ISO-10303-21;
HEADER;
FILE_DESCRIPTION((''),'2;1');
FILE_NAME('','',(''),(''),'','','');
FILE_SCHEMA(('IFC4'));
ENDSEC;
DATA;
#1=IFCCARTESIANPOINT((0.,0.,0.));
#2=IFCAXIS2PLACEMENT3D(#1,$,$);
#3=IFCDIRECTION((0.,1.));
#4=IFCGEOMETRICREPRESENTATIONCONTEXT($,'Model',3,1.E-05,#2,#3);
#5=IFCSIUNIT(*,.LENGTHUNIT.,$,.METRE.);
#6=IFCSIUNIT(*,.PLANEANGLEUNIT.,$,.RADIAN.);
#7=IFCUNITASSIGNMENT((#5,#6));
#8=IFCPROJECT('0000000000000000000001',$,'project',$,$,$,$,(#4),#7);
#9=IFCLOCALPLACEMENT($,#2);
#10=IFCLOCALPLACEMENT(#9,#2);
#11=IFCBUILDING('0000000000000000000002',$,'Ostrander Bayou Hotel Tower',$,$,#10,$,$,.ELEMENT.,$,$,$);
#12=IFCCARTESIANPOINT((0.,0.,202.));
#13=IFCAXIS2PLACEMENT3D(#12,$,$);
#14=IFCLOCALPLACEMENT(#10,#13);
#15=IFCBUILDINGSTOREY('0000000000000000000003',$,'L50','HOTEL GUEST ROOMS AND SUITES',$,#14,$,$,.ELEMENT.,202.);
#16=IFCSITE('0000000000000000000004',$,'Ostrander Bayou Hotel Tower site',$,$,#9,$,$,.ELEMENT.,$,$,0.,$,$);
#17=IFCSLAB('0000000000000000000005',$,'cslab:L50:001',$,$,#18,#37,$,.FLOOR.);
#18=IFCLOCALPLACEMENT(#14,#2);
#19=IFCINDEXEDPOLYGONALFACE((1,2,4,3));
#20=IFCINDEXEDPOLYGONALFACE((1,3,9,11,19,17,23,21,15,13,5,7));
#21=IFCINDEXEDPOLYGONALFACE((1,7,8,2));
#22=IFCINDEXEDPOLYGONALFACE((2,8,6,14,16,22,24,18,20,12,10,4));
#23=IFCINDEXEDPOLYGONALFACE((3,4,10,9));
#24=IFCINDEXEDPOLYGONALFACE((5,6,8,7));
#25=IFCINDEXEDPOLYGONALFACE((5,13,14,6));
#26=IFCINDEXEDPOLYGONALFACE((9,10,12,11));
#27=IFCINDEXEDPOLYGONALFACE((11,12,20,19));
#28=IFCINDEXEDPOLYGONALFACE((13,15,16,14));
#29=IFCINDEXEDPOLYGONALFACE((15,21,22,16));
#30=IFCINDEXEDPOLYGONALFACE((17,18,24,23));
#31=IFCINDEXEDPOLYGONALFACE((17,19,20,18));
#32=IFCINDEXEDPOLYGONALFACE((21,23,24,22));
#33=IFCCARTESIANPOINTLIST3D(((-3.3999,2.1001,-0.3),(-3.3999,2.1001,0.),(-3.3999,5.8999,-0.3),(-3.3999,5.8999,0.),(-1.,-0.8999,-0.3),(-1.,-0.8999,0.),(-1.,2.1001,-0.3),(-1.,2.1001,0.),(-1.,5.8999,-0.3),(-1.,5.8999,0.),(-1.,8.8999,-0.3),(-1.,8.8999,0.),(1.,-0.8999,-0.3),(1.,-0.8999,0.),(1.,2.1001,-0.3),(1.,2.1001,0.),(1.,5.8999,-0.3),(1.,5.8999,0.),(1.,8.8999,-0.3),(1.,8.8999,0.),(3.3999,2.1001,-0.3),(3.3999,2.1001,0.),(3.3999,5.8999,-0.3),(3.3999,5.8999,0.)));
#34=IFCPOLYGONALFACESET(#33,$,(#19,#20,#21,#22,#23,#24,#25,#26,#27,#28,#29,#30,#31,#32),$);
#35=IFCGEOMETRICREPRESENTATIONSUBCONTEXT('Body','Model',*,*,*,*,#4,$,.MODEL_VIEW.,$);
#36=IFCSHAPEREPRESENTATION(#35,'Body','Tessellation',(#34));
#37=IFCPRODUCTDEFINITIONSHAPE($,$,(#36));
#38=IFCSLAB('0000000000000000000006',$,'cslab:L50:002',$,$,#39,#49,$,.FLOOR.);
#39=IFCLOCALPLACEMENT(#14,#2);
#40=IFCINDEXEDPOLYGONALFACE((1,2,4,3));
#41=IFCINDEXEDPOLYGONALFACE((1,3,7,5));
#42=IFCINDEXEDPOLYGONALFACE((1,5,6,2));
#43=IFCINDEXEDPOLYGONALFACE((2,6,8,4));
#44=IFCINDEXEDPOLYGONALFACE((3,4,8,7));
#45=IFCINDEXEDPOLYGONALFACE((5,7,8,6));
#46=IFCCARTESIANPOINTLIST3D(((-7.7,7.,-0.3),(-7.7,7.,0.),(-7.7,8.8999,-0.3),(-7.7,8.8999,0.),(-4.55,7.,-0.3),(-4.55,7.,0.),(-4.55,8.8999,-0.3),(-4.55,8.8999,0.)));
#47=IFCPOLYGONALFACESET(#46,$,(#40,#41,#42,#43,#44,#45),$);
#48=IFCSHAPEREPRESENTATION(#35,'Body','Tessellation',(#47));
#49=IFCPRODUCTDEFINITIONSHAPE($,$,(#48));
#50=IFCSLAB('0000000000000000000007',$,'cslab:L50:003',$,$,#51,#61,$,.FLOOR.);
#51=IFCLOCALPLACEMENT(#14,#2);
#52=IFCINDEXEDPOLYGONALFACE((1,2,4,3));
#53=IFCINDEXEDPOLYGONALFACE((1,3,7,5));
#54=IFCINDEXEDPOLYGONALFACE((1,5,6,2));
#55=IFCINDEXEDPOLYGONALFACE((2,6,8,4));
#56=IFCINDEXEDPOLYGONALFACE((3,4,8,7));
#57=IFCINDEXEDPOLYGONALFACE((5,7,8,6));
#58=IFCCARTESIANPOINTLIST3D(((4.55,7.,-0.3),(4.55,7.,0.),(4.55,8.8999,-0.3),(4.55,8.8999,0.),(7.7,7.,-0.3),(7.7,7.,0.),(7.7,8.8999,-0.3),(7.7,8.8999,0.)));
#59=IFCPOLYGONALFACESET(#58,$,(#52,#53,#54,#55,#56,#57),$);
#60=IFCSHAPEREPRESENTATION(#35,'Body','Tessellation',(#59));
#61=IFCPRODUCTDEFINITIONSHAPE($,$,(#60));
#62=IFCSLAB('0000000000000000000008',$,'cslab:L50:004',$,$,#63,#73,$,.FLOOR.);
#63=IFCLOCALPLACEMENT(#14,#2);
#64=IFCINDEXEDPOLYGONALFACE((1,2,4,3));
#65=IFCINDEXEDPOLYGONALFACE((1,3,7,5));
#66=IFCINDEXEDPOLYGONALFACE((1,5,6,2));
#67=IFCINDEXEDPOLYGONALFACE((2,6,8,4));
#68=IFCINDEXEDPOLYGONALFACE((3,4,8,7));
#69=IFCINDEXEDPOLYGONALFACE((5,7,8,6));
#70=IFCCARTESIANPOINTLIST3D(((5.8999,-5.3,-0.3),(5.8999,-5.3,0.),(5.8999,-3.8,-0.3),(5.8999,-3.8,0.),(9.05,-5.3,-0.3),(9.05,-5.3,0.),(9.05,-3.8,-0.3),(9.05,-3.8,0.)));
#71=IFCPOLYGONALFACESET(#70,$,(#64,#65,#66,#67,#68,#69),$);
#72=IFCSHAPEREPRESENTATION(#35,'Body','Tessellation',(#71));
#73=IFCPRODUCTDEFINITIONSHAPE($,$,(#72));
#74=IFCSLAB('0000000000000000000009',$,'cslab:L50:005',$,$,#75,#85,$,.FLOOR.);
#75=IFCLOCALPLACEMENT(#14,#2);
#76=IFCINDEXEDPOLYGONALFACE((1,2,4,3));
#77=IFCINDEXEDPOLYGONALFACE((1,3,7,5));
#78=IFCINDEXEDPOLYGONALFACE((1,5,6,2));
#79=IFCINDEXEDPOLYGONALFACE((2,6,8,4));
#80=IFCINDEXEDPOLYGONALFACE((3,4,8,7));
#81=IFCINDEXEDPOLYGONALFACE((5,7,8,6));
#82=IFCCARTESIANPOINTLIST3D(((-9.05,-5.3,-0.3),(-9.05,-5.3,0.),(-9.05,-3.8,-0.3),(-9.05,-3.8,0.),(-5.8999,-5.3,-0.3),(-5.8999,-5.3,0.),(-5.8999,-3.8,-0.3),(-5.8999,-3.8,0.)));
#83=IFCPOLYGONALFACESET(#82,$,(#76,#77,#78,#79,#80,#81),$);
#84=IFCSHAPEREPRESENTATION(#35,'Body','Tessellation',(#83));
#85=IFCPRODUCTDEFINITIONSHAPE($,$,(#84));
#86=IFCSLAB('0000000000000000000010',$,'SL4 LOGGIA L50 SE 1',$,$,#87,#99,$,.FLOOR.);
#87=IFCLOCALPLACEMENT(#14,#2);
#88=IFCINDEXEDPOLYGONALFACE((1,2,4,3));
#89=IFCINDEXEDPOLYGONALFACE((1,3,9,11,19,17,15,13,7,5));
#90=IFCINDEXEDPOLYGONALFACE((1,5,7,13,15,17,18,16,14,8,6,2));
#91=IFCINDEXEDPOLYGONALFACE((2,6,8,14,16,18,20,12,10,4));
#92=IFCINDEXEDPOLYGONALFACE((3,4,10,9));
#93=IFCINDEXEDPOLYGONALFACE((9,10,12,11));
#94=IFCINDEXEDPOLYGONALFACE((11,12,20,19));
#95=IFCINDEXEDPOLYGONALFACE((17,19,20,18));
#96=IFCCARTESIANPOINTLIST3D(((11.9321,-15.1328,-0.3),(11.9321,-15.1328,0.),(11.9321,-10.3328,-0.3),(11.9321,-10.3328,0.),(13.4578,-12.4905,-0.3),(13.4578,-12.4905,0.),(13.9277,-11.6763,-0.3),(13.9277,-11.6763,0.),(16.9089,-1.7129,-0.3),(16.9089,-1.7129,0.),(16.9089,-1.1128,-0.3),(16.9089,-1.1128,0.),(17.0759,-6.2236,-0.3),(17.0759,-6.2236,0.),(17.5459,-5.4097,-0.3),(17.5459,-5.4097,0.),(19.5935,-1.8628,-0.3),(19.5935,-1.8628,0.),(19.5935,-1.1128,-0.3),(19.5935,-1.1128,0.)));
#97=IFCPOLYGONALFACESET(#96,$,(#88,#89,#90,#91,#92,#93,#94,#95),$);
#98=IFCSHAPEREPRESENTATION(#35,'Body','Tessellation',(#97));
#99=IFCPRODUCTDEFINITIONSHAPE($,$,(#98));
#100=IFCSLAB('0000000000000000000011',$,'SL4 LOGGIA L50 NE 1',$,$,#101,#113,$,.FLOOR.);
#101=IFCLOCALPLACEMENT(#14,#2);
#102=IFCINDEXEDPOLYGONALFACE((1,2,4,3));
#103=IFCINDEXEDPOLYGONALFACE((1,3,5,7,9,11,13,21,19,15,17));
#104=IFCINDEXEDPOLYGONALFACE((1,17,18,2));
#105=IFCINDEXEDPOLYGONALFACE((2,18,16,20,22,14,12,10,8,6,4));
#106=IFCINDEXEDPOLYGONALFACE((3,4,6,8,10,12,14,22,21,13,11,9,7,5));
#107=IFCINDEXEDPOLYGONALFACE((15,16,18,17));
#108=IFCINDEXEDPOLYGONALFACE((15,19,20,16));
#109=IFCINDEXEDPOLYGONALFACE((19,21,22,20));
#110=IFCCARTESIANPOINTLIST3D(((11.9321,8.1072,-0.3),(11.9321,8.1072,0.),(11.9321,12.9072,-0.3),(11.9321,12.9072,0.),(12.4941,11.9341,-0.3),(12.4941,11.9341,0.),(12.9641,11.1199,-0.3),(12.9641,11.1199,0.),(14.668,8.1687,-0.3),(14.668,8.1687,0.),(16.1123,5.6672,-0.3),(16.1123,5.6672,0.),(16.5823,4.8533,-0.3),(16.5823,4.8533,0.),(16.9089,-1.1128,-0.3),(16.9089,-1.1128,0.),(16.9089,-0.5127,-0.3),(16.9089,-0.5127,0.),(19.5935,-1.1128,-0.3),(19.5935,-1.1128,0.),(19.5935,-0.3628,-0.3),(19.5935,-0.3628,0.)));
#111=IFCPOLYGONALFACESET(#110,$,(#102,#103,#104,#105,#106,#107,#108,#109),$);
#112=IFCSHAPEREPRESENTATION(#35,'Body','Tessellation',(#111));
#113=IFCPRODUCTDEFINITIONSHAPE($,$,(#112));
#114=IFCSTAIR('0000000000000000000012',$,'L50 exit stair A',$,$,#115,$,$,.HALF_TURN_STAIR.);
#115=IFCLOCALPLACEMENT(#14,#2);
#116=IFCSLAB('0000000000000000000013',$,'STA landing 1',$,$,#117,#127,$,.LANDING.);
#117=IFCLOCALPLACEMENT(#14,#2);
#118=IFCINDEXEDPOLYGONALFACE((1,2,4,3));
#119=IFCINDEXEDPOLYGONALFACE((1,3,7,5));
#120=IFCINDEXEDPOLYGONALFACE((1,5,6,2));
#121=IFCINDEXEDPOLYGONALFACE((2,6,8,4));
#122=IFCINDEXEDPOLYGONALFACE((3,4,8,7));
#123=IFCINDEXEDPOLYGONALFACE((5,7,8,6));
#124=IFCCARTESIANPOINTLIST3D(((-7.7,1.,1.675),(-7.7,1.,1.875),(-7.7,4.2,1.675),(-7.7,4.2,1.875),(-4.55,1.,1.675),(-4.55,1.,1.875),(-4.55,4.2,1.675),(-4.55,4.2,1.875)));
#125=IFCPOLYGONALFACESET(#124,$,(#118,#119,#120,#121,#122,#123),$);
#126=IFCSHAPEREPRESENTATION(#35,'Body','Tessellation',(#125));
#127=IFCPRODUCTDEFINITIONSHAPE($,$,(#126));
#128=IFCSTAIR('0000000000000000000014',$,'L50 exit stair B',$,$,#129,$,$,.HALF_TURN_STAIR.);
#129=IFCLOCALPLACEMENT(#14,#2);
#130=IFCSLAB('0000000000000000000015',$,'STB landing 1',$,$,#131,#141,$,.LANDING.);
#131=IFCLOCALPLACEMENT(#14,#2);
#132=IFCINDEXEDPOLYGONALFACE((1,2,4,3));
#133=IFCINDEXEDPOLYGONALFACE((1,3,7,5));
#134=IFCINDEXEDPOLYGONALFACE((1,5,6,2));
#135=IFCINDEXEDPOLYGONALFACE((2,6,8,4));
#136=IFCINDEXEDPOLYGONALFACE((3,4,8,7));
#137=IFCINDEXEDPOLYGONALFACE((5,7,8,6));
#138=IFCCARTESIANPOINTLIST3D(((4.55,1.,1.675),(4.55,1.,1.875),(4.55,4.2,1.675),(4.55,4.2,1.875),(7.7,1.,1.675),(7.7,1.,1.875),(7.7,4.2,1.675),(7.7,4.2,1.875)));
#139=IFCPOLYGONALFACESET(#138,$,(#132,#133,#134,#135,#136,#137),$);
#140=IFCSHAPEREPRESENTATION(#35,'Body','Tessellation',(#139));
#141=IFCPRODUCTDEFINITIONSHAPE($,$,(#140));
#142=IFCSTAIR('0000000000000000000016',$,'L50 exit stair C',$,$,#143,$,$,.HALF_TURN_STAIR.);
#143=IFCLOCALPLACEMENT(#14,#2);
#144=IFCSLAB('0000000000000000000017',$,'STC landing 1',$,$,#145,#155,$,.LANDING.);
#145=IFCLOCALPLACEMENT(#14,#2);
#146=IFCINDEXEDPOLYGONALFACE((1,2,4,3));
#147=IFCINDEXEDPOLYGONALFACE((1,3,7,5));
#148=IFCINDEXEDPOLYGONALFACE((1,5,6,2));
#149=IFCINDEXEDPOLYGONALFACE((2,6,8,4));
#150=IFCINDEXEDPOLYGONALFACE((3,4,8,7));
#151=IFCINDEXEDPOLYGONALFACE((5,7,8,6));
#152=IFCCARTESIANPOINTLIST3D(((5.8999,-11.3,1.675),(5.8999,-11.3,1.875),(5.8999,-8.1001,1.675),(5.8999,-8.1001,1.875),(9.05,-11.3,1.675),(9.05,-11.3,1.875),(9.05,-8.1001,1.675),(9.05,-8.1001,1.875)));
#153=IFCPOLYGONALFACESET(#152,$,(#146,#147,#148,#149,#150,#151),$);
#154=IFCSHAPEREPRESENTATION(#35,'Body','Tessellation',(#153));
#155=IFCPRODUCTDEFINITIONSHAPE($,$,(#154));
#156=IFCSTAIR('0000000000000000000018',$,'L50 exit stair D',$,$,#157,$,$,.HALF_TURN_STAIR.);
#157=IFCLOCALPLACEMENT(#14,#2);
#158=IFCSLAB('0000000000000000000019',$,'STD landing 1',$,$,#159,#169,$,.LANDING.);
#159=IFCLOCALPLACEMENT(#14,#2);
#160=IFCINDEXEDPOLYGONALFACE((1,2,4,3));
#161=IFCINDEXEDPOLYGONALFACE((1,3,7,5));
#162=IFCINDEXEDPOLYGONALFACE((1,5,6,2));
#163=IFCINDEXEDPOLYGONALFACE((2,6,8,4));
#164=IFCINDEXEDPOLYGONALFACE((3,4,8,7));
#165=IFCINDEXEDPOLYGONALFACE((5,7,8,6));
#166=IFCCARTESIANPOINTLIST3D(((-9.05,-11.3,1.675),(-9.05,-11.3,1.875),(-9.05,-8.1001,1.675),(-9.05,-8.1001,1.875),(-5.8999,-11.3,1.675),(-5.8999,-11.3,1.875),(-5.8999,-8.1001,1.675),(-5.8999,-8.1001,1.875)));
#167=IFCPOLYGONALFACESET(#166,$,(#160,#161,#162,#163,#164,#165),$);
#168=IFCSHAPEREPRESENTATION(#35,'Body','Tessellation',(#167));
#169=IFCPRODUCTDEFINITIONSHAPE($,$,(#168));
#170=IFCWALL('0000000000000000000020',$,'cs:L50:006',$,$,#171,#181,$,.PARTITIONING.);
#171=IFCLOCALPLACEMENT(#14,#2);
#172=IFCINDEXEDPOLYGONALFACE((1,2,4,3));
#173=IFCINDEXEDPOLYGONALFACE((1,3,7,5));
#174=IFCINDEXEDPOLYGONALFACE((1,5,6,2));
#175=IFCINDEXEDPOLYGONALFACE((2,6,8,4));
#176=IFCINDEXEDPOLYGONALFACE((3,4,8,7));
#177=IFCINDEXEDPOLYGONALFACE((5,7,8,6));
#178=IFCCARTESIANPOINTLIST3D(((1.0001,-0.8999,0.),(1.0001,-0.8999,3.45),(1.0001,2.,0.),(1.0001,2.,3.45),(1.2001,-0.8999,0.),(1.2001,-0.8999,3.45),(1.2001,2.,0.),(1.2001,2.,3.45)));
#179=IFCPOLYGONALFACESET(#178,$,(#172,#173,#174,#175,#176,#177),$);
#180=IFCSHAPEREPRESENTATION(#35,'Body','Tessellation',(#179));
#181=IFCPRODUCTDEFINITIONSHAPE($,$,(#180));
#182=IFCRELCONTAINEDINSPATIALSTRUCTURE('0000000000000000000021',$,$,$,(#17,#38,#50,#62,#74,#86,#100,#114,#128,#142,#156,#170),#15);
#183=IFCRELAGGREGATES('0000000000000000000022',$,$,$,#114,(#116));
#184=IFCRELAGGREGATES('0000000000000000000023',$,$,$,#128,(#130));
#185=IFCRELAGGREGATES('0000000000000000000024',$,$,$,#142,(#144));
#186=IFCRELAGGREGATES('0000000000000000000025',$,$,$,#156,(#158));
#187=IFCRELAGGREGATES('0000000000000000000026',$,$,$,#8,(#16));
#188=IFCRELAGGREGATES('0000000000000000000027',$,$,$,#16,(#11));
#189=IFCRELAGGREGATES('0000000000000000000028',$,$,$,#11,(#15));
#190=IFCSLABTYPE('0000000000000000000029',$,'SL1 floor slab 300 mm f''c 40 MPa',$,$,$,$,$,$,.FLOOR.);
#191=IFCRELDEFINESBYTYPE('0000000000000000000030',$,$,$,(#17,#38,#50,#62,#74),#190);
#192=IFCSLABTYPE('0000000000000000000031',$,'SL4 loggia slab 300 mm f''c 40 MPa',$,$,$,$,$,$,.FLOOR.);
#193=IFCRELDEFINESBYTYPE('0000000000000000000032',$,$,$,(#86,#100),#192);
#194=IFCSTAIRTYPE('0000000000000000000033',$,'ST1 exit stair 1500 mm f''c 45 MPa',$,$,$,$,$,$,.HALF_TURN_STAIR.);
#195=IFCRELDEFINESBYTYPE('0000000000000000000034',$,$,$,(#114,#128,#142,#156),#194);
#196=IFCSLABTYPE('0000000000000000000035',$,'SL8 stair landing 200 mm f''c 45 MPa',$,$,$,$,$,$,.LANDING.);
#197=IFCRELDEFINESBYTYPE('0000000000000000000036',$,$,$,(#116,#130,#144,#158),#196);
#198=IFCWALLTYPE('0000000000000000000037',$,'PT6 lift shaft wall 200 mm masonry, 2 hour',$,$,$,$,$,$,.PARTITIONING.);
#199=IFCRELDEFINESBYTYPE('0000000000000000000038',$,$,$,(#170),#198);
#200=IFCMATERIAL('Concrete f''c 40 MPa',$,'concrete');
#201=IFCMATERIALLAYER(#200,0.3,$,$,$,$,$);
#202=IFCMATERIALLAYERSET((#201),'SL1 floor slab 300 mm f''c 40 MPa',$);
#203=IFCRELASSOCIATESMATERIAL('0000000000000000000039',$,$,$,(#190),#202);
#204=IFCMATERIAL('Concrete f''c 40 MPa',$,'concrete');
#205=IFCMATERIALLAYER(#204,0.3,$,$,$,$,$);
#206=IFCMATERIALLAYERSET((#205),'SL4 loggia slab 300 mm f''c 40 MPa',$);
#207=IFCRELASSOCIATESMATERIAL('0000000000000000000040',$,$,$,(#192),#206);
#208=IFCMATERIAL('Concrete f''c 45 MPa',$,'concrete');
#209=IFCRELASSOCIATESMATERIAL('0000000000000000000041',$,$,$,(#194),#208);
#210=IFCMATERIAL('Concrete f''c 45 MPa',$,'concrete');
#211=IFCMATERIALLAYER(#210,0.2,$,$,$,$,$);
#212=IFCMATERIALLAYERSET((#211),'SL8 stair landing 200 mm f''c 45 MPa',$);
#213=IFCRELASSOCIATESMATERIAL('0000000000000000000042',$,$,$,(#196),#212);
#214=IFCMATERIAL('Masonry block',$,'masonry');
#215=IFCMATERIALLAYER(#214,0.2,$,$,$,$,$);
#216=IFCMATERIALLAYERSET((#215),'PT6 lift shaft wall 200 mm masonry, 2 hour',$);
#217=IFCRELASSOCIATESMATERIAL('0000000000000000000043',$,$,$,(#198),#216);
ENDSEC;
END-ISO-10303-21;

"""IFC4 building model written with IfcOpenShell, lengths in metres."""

from ifc_helpers import new_model, si_unit, direction, frame, frame_2d, origin, place, context, subcontext, project, spatial, polyline, rectangle, outline, extrude, material, layer, layer_set, type_object, element, aggregate, save


model = new_model("IFC4")

# Units and contexts
model_context = context("Model", 3, precision=1e-05, world=origin(), true_north=direction((0.0, 1.0)))
body_context = subcontext(model_context, "Body", "Model", "MODEL_VIEW")
ifc_project = project(units=[si_unit("LENGTHUNIT", "METRE"), si_unit("PLANEANGLEUNIT", "RADIAN")], contexts=[model_context])

# Site, building, storey
site_placement = place(None, origin())
site = spatial("IfcSite", under=ifc_project, at=site_placement, Name="Ostrander Bayou Hotel Tower site", CompositionType="ELEMENT", RefElevation=0.0)
building_placement = place(site_placement, origin())
building = spatial("IfcBuilding", under=site, at=building_placement, Name="Ostrander Bayou Hotel Tower", CompositionType="ELEMENT")
storey_placement = place(building_placement, frame((0.0, 0.0, 202.0)))
storey = spatial("IfcBuildingStorey", under=building, at=storey_placement, Name="L50", Description="HOTEL GUEST ROOMS AND SUITES", CompositionType="ELEMENT", Elevation=202.0)

# Slabs
ifc_material_1 = material(Name="Concrete f'c 40 MPa", Category="concrete")
ifc_layer_1 = layer(ifc_material_1, 0.3)
ifc_layer_set_1 = layer_set([ifc_layer_1], Name="SL1 floor slab 300 mm f'c 40 MPa")
slab_type_1 = type_object("IfcSlabType", Name="SL1 floor slab 300 mm f'c 40 MPa", PredefinedType="FLOOR", material=ifc_layer_set_1)
slab_1_placement = place(storey_placement, frame((0.0, 0.0, -0.3)))
element("IfcSlab", 1, at=slab_1_placement, inside=storey, type_object=slab_type_1, Name="cslab:L50:001", PredefinedType="FLOOR", context=body_context, shape_type="SweptSolid", body=[
    extrude(outline(polyline([(-3.3999, 5.8999), (-1.0, 5.8999), (-1.0, 8.8999), (1.0, 8.8999), (1.0, 5.8999), (3.3999, 5.8999), (3.3999, 2.1001), (1.0, 2.1001), (1.0, -0.8999), (-1.0, -0.8999), (-1.0, 2.1001), (-3.3999, 2.1001), (-3.3999, 5.8999)])), origin(), (0.0, 0.0, 1.0), 0.3),
])
slab_2_placement = place(storey_placement, frame((0.0, 0.0, -0.3)))
element("IfcSlab", 2, at=slab_2_placement, inside=storey, type_object=slab_type_1, Name="cslab:L50:002", PredefinedType="FLOOR", context=body_context, shape_type="SweptSolid", body=[
    extrude(outline(polyline([(-4.55, 7.0), (-4.55, 8.8999), (-7.7, 8.8999), (-7.7, 7.0), (-4.55, 7.0)])), origin(), (0.0, 0.0, 1.0), 0.3),
])
slab_3_placement = place(storey_placement, frame((0.0, 0.0, -0.3)))
element("IfcSlab", 3, at=slab_3_placement, inside=storey, type_object=slab_type_1, Name="cslab:L50:003", PredefinedType="FLOOR", context=body_context, shape_type="SweptSolid", body=[
    extrude(outline(polyline([(7.7, 7.0), (7.7, 8.8999), (4.55, 8.8999), (4.55, 7.0), (7.7, 7.0)])), origin(), (0.0, 0.0, 1.0), 0.3),
])
slab_4_placement = place(storey_placement, frame((0.0, 0.0, -0.3)))
element("IfcSlab", 4, at=slab_4_placement, inside=storey, type_object=slab_type_1, Name="cslab:L50:004", PredefinedType="FLOOR", context=body_context, shape_type="SweptSolid", body=[
    extrude(outline(polyline([(9.05, -5.3), (9.05, -3.8), (5.8999, -3.8), (5.8999, -5.3), (9.05, -5.3)])), origin(), (0.0, 0.0, 1.0), 0.3),
])
slab_5_placement = place(storey_placement, frame((0.0, 0.0, -0.3)))
element("IfcSlab", 5, at=slab_5_placement, inside=storey, type_object=slab_type_1, Name="cslab:L50:005", PredefinedType="FLOOR", context=body_context, shape_type="SweptSolid", body=[
    extrude(outline(polyline([(-5.8999, -5.3), (-5.8999, -3.8), (-9.05, -3.8), (-9.05, -5.3), (-5.8999, -5.3)])), origin(), (0.0, 0.0, 1.0), 0.3),
])
ifc_material_2 = material(Name="Concrete f'c 40 MPa", Category="concrete")
ifc_layer_2 = layer(ifc_material_2, 0.3)
ifc_layer_set_2 = layer_set([ifc_layer_2], Name="SL4 loggia slab 300 mm f'c 40 MPa")
slab_type_2 = type_object("IfcSlabType", Name="SL4 loggia slab 300 mm f'c 40 MPa", PredefinedType="FLOOR", material=ifc_layer_set_2)
slab_6_placement = place(storey_placement, frame((0.0, 0.0, -0.3)))
element("IfcSlab", 6, at=slab_6_placement, inside=storey, type_object=slab_type_2, Name="SL4 LOGGIA L50 SE 1", PredefinedType="FLOOR", context=body_context, shape_type="SweptSolid", body=[
    extrude(outline(polyline([(13.4578, -12.4905), (11.9321, -15.1328), (11.9321, -10.3328), (16.9089, -1.7129), (16.9089, -1.1128), (19.5935, -1.1128), (19.5935, -1.8628), (17.5459, -5.4097), (17.0759, -6.2236), (13.9277, -11.6763), (13.4578, -12.4905)])), origin(), (0.0, 0.0, 1.0), 0.3),
])
slab_7_placement = place(storey_placement, frame((0.0, 0.0, -0.3)))
element("IfcSlab", 7, at=slab_7_placement, inside=storey, type_object=slab_type_2, Name="SL4 LOGGIA L50 NE 1", PredefinedType="FLOOR", context=body_context, shape_type="SweptSolid", body=[
    extrude(outline(polyline([(11.9321, 12.9072), (12.4941, 11.9341), (12.9641, 11.1199), (14.668, 8.1687), (16.1123, 5.6672), (16.5823, 4.8533), (19.5935, -0.3628), (19.5935, -1.1128), (16.9089, -1.1128), (16.9089, -0.5127), (11.9321, 8.1072), (11.9321, 12.9072)])), origin(), (0.0, 0.0, 1.0), 0.3),
])

# Stairs, slabs
ifc_material_3 = material(Name="Concrete f'c 45 MPa", Category="concrete")
stair_type = type_object("IfcStairType", Name="ST1 exit stair 1500 mm f'c 45 MPa", PredefinedType="HALF_TURN_STAIR", material=ifc_material_3)
stair_1_placement = place(storey_placement, origin())
stair_1 = element("IfcStair", 8, at=stair_1_placement, inside=storey, type_object=stair_type, Name="L50 exit stair A", PredefinedType="HALF_TURN_STAIR")
ifc_material_4 = material(Name="Concrete f'c 45 MPa", Category="concrete")
ifc_layer_3 = layer(ifc_material_4, 0.2)
ifc_layer_set_3 = layer_set([ifc_layer_3], Name="SL8 stair landing 200 mm f'c 45 MPa")
slab_type_3 = type_object("IfcSlabType", Name="SL8 stair landing 200 mm f'c 45 MPa", PredefinedType="LANDING", material=ifc_layer_set_3)
slab_8_placement = place(storey_placement, frame((0.0, 0.0, 1.675)))
slab_8 = element("IfcSlab", 9, at=slab_8_placement, type_object=slab_type_3, Name="STA landing 1", PredefinedType="LANDING", context=body_context, shape_type="SweptSolid", body=[
    extrude(outline(polyline([(-7.7, 4.2), (-7.7, 1.0), (-4.55, 1.0), (-4.55, 4.2), (-7.7, 4.2)])), origin(), (0.0, 0.0, 1.0), 0.2),
])
aggregate(stair_1, [slab_8])
stair_2_placement = place(storey_placement, origin())
stair_2 = element("IfcStair", 10, at=stair_2_placement, inside=storey, type_object=stair_type, Name="L50 exit stair B", PredefinedType="HALF_TURN_STAIR")
slab_9_placement = place(storey_placement, frame((0.0, 0.0, 1.675)))
slab_9 = element("IfcSlab", 11, at=slab_9_placement, type_object=slab_type_3, Name="STB landing 1", PredefinedType="LANDING", context=body_context, shape_type="SweptSolid", body=[
    extrude(outline(polyline([(4.55, 4.2), (4.55, 1.0), (7.7, 1.0), (7.7, 4.2), (4.55, 4.2)])), origin(), (0.0, 0.0, 1.0), 0.2),
])
aggregate(stair_2, [slab_9])
stair_3_placement = place(storey_placement, origin())
stair_3 = element("IfcStair", 12, at=stair_3_placement, inside=storey, type_object=stair_type, Name="L50 exit stair C", PredefinedType="HALF_TURN_STAIR")
slab_10_placement = place(storey_placement, frame((0.0, 0.0, 1.675)))
slab_10 = element("IfcSlab", 13, at=slab_10_placement, type_object=slab_type_3, Name="STC landing 1", PredefinedType="LANDING", context=body_context, shape_type="SweptSolid", body=[
    extrude(outline(polyline([(5.8999, -8.1001), (5.8999, -11.3), (9.05, -11.3), (9.05, -8.1001), (5.8999, -8.1001)])), origin(), (0.0, 0.0, 1.0), 0.2),
])
aggregate(stair_3, [slab_10])
stair_4_placement = place(storey_placement, origin())
stair_4 = element("IfcStair", 14, at=stair_4_placement, inside=storey, type_object=stair_type, Name="L50 exit stair D", PredefinedType="HALF_TURN_STAIR")
slab_11_placement = place(storey_placement, frame((0.0, 0.0, 1.675)))
slab_11 = element("IfcSlab", 15, at=slab_11_placement, type_object=slab_type_3, Name="STD landing 1", PredefinedType="LANDING", context=body_context, shape_type="SweptSolid", body=[
    extrude(outline(polyline([(-9.05, -8.1001), (-9.05, -11.3), (-5.8999, -11.3), (-5.8999, -8.1001), (-9.05, -8.1001)])), origin(), (0.0, 0.0, 1.0), 0.2),
])
aggregate(stair_4, [slab_11])

# Shared definitions
ifc_material_5 = material(Name="Masonry block", Category="masonry")
ifc_layer_4 = layer(ifc_material_5, 0.2)
ifc_layer_set_4 = layer_set([ifc_layer_4], Name="PT6 lift shaft wall 200 mm masonry, 2 hour")
wall_type_1 = type_object("IfcWallType", Name="PT6 lift shaft wall 200 mm masonry, 2 hour", PredefinedType="PARTITIONING", material=ifc_layer_set_4)

# Wall
wall_1_placement = place(storey_placement, frame((1.1001, -0.8999, 0.0), z_axis=(0.0, 0.0, 1.0), x_axis=(0.0, 1.0, 0.0)))
element("IfcWall", 16, at=wall_1_placement, inside=storey, type_object=wall_type_1, Name="cs:L50:006", PredefinedType="PARTITIONING", context=body_context, shape_type="SweptSolid", body=[
    extrude(rectangle(XDim=2.8999, YDim=0.2, at=frame_2d((1.45, 0.0))), origin(), (0.0, 0.0, 1.0), 3.45),
])

save(model, "model.ifc")
